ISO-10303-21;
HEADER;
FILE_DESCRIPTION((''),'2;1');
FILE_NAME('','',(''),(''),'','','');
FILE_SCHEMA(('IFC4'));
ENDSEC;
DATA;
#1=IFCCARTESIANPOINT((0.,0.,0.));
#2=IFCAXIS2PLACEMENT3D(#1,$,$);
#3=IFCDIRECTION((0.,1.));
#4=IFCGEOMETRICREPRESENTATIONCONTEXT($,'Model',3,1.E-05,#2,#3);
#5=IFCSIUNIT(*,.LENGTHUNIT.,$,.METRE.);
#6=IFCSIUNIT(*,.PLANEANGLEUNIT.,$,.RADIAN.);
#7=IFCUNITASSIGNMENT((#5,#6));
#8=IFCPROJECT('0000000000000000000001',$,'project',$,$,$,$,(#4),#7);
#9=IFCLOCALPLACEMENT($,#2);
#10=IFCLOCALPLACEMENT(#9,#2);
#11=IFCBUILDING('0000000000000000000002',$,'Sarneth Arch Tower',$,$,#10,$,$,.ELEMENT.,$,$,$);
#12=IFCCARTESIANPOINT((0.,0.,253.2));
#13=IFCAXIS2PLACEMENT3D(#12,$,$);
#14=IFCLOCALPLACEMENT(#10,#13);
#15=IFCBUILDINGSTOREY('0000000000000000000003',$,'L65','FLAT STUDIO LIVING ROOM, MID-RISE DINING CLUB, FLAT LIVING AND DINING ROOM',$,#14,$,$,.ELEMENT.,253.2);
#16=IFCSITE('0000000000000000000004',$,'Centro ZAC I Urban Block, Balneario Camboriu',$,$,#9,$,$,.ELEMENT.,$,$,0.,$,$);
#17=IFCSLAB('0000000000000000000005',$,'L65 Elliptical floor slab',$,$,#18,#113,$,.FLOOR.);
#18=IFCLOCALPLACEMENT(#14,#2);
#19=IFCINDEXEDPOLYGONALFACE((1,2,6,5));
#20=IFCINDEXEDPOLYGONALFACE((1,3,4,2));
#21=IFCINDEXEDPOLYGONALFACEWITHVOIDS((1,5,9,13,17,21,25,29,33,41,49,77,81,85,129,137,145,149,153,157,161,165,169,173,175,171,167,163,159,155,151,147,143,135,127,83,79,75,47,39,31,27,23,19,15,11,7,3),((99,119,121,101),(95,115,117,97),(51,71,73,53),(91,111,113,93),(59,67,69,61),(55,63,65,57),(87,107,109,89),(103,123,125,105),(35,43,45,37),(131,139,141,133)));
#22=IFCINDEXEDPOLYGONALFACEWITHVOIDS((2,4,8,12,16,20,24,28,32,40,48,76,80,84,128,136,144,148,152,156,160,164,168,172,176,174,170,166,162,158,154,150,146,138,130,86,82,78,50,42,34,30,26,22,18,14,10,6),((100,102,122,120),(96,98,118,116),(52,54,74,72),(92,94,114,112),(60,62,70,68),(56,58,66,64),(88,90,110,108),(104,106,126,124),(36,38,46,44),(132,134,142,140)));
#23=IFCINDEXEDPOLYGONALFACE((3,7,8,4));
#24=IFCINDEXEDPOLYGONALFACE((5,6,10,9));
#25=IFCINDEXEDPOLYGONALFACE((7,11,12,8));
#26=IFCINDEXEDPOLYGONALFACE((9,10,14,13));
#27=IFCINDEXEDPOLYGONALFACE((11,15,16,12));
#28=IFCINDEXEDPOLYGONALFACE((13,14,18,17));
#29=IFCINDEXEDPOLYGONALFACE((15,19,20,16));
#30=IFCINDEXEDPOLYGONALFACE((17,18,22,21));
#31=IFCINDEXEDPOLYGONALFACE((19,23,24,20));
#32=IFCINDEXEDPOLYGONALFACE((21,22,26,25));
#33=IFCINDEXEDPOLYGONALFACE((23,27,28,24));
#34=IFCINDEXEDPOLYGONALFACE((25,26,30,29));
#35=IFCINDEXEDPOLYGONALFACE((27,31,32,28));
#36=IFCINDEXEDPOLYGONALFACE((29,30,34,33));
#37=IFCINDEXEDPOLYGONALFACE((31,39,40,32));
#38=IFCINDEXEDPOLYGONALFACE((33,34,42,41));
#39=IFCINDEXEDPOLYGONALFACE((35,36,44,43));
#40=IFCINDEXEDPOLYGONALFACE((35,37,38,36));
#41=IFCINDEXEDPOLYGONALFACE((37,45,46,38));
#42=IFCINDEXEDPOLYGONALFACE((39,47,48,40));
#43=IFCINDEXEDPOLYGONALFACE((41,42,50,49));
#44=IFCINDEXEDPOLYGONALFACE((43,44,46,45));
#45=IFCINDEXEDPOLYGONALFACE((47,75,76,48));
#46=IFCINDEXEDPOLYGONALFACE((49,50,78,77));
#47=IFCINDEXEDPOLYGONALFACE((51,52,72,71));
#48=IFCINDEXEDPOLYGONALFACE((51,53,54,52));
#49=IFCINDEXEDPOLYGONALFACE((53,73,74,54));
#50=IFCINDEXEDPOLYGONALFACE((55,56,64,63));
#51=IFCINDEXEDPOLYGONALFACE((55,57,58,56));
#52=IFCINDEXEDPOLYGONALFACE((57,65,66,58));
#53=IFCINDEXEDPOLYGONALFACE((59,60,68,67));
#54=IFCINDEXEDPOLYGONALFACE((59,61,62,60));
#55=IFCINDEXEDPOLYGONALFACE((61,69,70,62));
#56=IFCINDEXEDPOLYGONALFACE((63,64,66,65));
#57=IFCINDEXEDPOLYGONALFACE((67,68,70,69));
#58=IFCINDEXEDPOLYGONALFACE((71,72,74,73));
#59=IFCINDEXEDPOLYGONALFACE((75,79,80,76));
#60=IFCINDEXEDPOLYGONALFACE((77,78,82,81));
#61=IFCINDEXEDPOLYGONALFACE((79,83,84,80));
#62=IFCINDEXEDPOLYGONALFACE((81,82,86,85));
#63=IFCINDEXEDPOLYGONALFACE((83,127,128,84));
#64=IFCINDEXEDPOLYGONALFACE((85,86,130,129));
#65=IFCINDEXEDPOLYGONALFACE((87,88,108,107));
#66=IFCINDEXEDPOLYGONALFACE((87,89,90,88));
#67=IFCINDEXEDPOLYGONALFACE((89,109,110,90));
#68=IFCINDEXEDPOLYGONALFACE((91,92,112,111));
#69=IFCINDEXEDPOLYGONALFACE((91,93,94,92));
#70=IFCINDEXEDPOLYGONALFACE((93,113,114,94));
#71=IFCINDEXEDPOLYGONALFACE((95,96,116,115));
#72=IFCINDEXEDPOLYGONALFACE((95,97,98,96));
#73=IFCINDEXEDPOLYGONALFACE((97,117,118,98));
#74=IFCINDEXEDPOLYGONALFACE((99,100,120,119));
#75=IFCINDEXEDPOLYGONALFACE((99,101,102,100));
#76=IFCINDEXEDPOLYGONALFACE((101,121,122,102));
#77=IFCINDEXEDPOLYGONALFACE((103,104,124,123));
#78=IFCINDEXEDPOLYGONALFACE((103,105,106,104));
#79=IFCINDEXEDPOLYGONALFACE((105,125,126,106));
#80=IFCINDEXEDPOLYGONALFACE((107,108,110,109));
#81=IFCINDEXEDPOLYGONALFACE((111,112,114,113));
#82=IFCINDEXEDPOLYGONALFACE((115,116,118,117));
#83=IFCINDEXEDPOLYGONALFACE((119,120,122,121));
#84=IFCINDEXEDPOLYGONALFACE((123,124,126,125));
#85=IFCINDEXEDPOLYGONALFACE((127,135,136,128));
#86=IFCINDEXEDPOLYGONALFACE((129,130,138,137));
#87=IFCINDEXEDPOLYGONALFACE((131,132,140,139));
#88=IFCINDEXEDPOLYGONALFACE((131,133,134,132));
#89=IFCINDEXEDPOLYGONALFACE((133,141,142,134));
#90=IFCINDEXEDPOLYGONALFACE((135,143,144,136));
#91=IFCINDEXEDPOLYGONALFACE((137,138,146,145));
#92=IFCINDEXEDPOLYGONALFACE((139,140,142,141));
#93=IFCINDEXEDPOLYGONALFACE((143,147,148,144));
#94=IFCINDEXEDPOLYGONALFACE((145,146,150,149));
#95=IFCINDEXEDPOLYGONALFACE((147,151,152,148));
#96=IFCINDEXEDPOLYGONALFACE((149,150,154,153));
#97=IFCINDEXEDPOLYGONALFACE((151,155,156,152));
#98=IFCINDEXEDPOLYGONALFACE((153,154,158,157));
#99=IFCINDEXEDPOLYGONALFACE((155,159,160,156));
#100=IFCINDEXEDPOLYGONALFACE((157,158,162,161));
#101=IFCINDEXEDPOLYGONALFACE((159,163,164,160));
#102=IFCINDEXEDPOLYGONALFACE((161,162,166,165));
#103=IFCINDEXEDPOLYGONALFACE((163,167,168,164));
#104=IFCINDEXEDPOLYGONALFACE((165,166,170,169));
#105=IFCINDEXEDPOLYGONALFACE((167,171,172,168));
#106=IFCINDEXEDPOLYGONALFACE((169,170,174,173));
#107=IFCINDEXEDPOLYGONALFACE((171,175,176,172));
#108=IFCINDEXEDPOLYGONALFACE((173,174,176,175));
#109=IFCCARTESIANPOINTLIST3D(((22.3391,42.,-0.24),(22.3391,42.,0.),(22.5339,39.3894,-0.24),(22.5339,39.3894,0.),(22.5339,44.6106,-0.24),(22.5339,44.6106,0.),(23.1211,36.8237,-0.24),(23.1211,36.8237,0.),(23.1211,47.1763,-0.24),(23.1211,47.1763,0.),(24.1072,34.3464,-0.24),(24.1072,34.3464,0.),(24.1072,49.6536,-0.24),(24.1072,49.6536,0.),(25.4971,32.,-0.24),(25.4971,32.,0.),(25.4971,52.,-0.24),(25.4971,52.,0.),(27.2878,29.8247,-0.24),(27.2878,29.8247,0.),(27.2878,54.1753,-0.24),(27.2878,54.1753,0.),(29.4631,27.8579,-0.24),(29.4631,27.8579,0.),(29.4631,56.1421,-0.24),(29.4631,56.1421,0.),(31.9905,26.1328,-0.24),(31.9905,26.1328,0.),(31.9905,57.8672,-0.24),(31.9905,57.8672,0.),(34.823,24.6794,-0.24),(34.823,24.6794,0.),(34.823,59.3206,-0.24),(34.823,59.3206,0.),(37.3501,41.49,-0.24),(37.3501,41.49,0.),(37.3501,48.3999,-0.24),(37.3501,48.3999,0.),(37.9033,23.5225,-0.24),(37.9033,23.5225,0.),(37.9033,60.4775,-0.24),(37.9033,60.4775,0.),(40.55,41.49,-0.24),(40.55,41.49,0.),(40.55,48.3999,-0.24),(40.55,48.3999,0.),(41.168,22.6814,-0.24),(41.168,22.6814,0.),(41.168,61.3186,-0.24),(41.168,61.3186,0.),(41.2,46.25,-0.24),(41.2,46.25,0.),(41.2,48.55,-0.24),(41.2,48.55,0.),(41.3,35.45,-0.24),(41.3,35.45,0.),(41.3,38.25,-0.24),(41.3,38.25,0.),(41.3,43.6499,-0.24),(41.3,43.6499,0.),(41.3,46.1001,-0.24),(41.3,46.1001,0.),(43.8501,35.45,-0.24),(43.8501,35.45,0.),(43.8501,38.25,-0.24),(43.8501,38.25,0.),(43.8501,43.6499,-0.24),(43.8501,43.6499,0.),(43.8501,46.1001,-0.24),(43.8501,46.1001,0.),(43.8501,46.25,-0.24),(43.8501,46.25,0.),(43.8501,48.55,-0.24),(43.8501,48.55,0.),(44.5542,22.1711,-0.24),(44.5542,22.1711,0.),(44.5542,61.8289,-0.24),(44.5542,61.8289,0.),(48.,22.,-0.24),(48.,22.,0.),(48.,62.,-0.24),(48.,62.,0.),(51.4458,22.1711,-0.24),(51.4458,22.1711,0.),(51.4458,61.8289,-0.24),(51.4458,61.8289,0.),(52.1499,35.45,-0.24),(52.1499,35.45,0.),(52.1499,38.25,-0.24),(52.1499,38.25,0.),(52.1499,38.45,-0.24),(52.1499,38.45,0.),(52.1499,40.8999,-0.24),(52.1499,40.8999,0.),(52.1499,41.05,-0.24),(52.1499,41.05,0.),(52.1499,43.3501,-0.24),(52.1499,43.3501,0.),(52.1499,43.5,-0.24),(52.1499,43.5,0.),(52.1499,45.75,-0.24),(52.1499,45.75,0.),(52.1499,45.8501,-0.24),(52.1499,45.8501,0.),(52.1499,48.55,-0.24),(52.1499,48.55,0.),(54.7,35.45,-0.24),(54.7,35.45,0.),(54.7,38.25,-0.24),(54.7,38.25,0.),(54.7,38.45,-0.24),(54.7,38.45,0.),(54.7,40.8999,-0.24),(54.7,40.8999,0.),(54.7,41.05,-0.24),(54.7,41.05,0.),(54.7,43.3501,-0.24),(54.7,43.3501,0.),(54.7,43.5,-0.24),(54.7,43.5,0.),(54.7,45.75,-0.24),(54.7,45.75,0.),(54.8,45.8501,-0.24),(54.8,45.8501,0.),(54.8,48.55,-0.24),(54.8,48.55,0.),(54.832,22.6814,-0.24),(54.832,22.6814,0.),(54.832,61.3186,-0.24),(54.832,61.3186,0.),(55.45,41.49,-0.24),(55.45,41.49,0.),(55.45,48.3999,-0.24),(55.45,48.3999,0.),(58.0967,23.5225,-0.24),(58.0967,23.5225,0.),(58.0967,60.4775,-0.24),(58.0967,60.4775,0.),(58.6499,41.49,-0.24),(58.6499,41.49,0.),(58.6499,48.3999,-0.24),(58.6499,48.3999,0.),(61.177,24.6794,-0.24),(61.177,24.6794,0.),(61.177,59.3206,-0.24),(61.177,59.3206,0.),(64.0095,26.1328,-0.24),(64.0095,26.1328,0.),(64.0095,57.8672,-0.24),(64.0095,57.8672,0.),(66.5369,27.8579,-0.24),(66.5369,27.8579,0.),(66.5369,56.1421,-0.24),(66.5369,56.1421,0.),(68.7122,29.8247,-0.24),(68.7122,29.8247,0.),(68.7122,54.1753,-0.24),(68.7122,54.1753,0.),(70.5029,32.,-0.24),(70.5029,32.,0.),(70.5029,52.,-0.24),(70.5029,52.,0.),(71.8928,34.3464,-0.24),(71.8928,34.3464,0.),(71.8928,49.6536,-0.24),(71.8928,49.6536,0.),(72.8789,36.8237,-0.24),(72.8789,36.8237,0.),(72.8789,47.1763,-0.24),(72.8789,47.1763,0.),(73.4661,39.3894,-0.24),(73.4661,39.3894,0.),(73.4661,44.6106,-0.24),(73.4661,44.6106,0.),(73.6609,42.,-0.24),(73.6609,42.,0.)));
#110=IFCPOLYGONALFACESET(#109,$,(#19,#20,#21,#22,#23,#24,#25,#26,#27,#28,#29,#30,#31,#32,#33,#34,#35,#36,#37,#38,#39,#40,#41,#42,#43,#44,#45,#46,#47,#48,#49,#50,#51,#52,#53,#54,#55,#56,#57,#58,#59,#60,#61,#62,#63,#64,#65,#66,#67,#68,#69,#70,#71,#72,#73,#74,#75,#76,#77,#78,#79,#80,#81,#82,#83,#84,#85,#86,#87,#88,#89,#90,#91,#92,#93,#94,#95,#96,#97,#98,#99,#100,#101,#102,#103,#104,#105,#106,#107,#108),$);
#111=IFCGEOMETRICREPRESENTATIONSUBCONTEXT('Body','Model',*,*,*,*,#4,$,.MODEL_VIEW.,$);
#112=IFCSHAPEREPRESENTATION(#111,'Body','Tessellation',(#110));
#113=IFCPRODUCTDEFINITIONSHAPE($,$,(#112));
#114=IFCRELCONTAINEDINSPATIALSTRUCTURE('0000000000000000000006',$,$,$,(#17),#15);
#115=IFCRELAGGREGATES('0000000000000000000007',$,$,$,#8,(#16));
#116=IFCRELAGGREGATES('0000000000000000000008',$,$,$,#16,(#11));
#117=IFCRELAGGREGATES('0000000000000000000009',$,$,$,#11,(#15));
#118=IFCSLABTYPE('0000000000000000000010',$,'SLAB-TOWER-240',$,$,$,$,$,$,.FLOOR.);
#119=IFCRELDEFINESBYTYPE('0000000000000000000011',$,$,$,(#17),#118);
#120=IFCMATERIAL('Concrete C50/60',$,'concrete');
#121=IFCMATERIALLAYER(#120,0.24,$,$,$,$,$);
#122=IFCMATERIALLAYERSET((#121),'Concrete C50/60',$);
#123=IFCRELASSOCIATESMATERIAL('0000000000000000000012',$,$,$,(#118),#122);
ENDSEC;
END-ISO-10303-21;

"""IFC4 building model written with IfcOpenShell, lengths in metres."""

from ifc_helpers import new_model, si_unit, direction, frame, origin, place, context, subcontext, project, spatial, polyline, outline, extrude, material, layer, layer_set, type_object, element, save


model = new_model("IFC4")

# Units and contexts
model_context = context("Model", 3, precision=1e-05, world=origin(), true_north=direction((0.0, 1.0)))
body_context = subcontext(model_context, "Body", "Model", "MODEL_VIEW")
ifc_project = project(units=[si_unit("LENGTHUNIT", "METRE"), si_unit("PLANEANGLEUNIT", "RADIAN")], contexts=[model_context])

# Site, building, storey
site_placement = place(None, origin())
site = spatial("IfcSite", under=ifc_project, at=site_placement, Name="Centro ZAC I Urban Block, Balneario Camboriu", CompositionType="ELEMENT", RefElevation=0.0)
building_placement = place(site_placement, origin())
building = spatial("IfcBuilding", under=site, at=building_placement, Name="Sarneth Arch Tower", CompositionType="ELEMENT")
storey_placement = place(building_placement, frame((0.0, 0.0, 253.2)))
storey = spatial("IfcBuildingStorey", under=building, at=storey_placement, Name="L65", Description="FLAT STUDIO LIVING ROOM, MID-RISE DINING CLUB, FLAT LIVING AND DINING ROOM", CompositionType="ELEMENT", Elevation=253.2)

# Slab
ifc_material_1 = material(Name="Concrete C50/60", Category="concrete")
ifc_layer_1 = layer(ifc_material_1, 0.24)
ifc_layer_set_1 = layer_set([ifc_layer_1], Name="Concrete C50/60")
slab_type_1 = type_object("IfcSlabType", Name="SLAB-TOWER-240", PredefinedType="FLOOR", material=ifc_layer_set_1)
slab_1_placement = place(storey_placement, frame((0.0, 0.0, -0.24)))
element("IfcSlab", 1, at=slab_1_placement, inside=storey, type_object=slab_type_1, Name="L65 Elliptical floor slab", PredefinedType="FLOOR", context=body_context, shape_type="SweptSolid", body=[
    extrude(outline(polyline([(73.6609, 42.0), (73.4661, 44.6106), (72.8789, 47.1763), (71.8928, 49.6536), (70.5029, 52.0), (68.7122, 54.1753), (66.5369, 56.1421), (64.0095, 57.8672), (61.177, 59.3206), (58.0967, 60.4775), (54.832, 61.3186), (51.4458, 61.8289), (48.0, 62.0), (44.5542, 61.8289), (41.168, 61.3186), (37.9033, 60.4775), (34.823, 59.3206), (31.9905, 57.8672), (29.4631, 56.1421), (27.2878, 54.1753), (25.4971, 52.0), (24.1072, 49.6536), (23.1211, 47.1763), (22.5339, 44.6106), (22.3391, 42.0), (22.5339, 39.3894), (23.1211, 36.8237), (24.1072, 34.3464), (25.4971, 32.0), (27.2878, 29.8247), (29.4631, 27.8579), (31.9905, 26.1328), (34.823, 24.6794), (37.9033, 23.5225), (41.168, 22.6814), (44.5542, 22.1711), (48.0, 22.0), (51.4458, 22.1711), (54.832, 22.6814), (58.0967, 23.5225), (61.177, 24.6794), (64.0095, 26.1328), (66.5369, 27.8579), (68.7122, 29.8247), (70.5029, 32.0), (71.8928, 34.3464), (72.8789, 36.8237), (73.4661, 39.3894), (73.6609, 42.0)]), holes=[polyline([(37.3501, 41.49), (40.55, 41.49), (40.55, 48.3999), (37.3501, 48.3999), (37.3501, 41.49)]), polyline([(55.45, 41.49), (58.6499, 41.49), (58.6499, 48.3999), (55.45, 48.3999), (55.45, 41.49)]), polyline([(41.2, 46.25), (43.8501, 46.25), (43.8501, 48.55), (41.2, 48.55), (41.2, 46.25)]), polyline([(41.3, 35.45), (43.8501, 35.45), (43.8501, 38.25), (41.3, 38.25), (41.3, 35.45)]), polyline([(52.1499, 35.45), (54.7, 35.45), (54.7, 38.25), (52.1499, 38.25), (52.1499, 35.45)]), polyline([(52.1499, 45.8501), (54.8, 45.8501), (54.8, 48.55), (52.1499, 48.55), (52.1499, 45.8501)]), polyline([(41.3, 43.6499), (43.8501, 43.6499), (43.8501, 46.1001), (41.3, 46.1001), (41.3, 43.6499)]), polyline([(52.1499, 38.45), (54.7, 38.45), (54.7, 40.8999), (52.1499, 40.8999), (52.1499, 38.45)]), polyline([(52.1499, 41.05), (54.7, 41.05), (54.7, 43.3501), (52.1499, 43.3501), (52.1499, 41.05)]), polyline([(52.1499, 43.5), (54.7, 43.5), (54.7, 45.75), (52.1499, 45.75), (52.1499, 43.5)])]), origin(), (0.0, 0.0, 1.0), 0.24),
])

save(model, "model.ifc")
